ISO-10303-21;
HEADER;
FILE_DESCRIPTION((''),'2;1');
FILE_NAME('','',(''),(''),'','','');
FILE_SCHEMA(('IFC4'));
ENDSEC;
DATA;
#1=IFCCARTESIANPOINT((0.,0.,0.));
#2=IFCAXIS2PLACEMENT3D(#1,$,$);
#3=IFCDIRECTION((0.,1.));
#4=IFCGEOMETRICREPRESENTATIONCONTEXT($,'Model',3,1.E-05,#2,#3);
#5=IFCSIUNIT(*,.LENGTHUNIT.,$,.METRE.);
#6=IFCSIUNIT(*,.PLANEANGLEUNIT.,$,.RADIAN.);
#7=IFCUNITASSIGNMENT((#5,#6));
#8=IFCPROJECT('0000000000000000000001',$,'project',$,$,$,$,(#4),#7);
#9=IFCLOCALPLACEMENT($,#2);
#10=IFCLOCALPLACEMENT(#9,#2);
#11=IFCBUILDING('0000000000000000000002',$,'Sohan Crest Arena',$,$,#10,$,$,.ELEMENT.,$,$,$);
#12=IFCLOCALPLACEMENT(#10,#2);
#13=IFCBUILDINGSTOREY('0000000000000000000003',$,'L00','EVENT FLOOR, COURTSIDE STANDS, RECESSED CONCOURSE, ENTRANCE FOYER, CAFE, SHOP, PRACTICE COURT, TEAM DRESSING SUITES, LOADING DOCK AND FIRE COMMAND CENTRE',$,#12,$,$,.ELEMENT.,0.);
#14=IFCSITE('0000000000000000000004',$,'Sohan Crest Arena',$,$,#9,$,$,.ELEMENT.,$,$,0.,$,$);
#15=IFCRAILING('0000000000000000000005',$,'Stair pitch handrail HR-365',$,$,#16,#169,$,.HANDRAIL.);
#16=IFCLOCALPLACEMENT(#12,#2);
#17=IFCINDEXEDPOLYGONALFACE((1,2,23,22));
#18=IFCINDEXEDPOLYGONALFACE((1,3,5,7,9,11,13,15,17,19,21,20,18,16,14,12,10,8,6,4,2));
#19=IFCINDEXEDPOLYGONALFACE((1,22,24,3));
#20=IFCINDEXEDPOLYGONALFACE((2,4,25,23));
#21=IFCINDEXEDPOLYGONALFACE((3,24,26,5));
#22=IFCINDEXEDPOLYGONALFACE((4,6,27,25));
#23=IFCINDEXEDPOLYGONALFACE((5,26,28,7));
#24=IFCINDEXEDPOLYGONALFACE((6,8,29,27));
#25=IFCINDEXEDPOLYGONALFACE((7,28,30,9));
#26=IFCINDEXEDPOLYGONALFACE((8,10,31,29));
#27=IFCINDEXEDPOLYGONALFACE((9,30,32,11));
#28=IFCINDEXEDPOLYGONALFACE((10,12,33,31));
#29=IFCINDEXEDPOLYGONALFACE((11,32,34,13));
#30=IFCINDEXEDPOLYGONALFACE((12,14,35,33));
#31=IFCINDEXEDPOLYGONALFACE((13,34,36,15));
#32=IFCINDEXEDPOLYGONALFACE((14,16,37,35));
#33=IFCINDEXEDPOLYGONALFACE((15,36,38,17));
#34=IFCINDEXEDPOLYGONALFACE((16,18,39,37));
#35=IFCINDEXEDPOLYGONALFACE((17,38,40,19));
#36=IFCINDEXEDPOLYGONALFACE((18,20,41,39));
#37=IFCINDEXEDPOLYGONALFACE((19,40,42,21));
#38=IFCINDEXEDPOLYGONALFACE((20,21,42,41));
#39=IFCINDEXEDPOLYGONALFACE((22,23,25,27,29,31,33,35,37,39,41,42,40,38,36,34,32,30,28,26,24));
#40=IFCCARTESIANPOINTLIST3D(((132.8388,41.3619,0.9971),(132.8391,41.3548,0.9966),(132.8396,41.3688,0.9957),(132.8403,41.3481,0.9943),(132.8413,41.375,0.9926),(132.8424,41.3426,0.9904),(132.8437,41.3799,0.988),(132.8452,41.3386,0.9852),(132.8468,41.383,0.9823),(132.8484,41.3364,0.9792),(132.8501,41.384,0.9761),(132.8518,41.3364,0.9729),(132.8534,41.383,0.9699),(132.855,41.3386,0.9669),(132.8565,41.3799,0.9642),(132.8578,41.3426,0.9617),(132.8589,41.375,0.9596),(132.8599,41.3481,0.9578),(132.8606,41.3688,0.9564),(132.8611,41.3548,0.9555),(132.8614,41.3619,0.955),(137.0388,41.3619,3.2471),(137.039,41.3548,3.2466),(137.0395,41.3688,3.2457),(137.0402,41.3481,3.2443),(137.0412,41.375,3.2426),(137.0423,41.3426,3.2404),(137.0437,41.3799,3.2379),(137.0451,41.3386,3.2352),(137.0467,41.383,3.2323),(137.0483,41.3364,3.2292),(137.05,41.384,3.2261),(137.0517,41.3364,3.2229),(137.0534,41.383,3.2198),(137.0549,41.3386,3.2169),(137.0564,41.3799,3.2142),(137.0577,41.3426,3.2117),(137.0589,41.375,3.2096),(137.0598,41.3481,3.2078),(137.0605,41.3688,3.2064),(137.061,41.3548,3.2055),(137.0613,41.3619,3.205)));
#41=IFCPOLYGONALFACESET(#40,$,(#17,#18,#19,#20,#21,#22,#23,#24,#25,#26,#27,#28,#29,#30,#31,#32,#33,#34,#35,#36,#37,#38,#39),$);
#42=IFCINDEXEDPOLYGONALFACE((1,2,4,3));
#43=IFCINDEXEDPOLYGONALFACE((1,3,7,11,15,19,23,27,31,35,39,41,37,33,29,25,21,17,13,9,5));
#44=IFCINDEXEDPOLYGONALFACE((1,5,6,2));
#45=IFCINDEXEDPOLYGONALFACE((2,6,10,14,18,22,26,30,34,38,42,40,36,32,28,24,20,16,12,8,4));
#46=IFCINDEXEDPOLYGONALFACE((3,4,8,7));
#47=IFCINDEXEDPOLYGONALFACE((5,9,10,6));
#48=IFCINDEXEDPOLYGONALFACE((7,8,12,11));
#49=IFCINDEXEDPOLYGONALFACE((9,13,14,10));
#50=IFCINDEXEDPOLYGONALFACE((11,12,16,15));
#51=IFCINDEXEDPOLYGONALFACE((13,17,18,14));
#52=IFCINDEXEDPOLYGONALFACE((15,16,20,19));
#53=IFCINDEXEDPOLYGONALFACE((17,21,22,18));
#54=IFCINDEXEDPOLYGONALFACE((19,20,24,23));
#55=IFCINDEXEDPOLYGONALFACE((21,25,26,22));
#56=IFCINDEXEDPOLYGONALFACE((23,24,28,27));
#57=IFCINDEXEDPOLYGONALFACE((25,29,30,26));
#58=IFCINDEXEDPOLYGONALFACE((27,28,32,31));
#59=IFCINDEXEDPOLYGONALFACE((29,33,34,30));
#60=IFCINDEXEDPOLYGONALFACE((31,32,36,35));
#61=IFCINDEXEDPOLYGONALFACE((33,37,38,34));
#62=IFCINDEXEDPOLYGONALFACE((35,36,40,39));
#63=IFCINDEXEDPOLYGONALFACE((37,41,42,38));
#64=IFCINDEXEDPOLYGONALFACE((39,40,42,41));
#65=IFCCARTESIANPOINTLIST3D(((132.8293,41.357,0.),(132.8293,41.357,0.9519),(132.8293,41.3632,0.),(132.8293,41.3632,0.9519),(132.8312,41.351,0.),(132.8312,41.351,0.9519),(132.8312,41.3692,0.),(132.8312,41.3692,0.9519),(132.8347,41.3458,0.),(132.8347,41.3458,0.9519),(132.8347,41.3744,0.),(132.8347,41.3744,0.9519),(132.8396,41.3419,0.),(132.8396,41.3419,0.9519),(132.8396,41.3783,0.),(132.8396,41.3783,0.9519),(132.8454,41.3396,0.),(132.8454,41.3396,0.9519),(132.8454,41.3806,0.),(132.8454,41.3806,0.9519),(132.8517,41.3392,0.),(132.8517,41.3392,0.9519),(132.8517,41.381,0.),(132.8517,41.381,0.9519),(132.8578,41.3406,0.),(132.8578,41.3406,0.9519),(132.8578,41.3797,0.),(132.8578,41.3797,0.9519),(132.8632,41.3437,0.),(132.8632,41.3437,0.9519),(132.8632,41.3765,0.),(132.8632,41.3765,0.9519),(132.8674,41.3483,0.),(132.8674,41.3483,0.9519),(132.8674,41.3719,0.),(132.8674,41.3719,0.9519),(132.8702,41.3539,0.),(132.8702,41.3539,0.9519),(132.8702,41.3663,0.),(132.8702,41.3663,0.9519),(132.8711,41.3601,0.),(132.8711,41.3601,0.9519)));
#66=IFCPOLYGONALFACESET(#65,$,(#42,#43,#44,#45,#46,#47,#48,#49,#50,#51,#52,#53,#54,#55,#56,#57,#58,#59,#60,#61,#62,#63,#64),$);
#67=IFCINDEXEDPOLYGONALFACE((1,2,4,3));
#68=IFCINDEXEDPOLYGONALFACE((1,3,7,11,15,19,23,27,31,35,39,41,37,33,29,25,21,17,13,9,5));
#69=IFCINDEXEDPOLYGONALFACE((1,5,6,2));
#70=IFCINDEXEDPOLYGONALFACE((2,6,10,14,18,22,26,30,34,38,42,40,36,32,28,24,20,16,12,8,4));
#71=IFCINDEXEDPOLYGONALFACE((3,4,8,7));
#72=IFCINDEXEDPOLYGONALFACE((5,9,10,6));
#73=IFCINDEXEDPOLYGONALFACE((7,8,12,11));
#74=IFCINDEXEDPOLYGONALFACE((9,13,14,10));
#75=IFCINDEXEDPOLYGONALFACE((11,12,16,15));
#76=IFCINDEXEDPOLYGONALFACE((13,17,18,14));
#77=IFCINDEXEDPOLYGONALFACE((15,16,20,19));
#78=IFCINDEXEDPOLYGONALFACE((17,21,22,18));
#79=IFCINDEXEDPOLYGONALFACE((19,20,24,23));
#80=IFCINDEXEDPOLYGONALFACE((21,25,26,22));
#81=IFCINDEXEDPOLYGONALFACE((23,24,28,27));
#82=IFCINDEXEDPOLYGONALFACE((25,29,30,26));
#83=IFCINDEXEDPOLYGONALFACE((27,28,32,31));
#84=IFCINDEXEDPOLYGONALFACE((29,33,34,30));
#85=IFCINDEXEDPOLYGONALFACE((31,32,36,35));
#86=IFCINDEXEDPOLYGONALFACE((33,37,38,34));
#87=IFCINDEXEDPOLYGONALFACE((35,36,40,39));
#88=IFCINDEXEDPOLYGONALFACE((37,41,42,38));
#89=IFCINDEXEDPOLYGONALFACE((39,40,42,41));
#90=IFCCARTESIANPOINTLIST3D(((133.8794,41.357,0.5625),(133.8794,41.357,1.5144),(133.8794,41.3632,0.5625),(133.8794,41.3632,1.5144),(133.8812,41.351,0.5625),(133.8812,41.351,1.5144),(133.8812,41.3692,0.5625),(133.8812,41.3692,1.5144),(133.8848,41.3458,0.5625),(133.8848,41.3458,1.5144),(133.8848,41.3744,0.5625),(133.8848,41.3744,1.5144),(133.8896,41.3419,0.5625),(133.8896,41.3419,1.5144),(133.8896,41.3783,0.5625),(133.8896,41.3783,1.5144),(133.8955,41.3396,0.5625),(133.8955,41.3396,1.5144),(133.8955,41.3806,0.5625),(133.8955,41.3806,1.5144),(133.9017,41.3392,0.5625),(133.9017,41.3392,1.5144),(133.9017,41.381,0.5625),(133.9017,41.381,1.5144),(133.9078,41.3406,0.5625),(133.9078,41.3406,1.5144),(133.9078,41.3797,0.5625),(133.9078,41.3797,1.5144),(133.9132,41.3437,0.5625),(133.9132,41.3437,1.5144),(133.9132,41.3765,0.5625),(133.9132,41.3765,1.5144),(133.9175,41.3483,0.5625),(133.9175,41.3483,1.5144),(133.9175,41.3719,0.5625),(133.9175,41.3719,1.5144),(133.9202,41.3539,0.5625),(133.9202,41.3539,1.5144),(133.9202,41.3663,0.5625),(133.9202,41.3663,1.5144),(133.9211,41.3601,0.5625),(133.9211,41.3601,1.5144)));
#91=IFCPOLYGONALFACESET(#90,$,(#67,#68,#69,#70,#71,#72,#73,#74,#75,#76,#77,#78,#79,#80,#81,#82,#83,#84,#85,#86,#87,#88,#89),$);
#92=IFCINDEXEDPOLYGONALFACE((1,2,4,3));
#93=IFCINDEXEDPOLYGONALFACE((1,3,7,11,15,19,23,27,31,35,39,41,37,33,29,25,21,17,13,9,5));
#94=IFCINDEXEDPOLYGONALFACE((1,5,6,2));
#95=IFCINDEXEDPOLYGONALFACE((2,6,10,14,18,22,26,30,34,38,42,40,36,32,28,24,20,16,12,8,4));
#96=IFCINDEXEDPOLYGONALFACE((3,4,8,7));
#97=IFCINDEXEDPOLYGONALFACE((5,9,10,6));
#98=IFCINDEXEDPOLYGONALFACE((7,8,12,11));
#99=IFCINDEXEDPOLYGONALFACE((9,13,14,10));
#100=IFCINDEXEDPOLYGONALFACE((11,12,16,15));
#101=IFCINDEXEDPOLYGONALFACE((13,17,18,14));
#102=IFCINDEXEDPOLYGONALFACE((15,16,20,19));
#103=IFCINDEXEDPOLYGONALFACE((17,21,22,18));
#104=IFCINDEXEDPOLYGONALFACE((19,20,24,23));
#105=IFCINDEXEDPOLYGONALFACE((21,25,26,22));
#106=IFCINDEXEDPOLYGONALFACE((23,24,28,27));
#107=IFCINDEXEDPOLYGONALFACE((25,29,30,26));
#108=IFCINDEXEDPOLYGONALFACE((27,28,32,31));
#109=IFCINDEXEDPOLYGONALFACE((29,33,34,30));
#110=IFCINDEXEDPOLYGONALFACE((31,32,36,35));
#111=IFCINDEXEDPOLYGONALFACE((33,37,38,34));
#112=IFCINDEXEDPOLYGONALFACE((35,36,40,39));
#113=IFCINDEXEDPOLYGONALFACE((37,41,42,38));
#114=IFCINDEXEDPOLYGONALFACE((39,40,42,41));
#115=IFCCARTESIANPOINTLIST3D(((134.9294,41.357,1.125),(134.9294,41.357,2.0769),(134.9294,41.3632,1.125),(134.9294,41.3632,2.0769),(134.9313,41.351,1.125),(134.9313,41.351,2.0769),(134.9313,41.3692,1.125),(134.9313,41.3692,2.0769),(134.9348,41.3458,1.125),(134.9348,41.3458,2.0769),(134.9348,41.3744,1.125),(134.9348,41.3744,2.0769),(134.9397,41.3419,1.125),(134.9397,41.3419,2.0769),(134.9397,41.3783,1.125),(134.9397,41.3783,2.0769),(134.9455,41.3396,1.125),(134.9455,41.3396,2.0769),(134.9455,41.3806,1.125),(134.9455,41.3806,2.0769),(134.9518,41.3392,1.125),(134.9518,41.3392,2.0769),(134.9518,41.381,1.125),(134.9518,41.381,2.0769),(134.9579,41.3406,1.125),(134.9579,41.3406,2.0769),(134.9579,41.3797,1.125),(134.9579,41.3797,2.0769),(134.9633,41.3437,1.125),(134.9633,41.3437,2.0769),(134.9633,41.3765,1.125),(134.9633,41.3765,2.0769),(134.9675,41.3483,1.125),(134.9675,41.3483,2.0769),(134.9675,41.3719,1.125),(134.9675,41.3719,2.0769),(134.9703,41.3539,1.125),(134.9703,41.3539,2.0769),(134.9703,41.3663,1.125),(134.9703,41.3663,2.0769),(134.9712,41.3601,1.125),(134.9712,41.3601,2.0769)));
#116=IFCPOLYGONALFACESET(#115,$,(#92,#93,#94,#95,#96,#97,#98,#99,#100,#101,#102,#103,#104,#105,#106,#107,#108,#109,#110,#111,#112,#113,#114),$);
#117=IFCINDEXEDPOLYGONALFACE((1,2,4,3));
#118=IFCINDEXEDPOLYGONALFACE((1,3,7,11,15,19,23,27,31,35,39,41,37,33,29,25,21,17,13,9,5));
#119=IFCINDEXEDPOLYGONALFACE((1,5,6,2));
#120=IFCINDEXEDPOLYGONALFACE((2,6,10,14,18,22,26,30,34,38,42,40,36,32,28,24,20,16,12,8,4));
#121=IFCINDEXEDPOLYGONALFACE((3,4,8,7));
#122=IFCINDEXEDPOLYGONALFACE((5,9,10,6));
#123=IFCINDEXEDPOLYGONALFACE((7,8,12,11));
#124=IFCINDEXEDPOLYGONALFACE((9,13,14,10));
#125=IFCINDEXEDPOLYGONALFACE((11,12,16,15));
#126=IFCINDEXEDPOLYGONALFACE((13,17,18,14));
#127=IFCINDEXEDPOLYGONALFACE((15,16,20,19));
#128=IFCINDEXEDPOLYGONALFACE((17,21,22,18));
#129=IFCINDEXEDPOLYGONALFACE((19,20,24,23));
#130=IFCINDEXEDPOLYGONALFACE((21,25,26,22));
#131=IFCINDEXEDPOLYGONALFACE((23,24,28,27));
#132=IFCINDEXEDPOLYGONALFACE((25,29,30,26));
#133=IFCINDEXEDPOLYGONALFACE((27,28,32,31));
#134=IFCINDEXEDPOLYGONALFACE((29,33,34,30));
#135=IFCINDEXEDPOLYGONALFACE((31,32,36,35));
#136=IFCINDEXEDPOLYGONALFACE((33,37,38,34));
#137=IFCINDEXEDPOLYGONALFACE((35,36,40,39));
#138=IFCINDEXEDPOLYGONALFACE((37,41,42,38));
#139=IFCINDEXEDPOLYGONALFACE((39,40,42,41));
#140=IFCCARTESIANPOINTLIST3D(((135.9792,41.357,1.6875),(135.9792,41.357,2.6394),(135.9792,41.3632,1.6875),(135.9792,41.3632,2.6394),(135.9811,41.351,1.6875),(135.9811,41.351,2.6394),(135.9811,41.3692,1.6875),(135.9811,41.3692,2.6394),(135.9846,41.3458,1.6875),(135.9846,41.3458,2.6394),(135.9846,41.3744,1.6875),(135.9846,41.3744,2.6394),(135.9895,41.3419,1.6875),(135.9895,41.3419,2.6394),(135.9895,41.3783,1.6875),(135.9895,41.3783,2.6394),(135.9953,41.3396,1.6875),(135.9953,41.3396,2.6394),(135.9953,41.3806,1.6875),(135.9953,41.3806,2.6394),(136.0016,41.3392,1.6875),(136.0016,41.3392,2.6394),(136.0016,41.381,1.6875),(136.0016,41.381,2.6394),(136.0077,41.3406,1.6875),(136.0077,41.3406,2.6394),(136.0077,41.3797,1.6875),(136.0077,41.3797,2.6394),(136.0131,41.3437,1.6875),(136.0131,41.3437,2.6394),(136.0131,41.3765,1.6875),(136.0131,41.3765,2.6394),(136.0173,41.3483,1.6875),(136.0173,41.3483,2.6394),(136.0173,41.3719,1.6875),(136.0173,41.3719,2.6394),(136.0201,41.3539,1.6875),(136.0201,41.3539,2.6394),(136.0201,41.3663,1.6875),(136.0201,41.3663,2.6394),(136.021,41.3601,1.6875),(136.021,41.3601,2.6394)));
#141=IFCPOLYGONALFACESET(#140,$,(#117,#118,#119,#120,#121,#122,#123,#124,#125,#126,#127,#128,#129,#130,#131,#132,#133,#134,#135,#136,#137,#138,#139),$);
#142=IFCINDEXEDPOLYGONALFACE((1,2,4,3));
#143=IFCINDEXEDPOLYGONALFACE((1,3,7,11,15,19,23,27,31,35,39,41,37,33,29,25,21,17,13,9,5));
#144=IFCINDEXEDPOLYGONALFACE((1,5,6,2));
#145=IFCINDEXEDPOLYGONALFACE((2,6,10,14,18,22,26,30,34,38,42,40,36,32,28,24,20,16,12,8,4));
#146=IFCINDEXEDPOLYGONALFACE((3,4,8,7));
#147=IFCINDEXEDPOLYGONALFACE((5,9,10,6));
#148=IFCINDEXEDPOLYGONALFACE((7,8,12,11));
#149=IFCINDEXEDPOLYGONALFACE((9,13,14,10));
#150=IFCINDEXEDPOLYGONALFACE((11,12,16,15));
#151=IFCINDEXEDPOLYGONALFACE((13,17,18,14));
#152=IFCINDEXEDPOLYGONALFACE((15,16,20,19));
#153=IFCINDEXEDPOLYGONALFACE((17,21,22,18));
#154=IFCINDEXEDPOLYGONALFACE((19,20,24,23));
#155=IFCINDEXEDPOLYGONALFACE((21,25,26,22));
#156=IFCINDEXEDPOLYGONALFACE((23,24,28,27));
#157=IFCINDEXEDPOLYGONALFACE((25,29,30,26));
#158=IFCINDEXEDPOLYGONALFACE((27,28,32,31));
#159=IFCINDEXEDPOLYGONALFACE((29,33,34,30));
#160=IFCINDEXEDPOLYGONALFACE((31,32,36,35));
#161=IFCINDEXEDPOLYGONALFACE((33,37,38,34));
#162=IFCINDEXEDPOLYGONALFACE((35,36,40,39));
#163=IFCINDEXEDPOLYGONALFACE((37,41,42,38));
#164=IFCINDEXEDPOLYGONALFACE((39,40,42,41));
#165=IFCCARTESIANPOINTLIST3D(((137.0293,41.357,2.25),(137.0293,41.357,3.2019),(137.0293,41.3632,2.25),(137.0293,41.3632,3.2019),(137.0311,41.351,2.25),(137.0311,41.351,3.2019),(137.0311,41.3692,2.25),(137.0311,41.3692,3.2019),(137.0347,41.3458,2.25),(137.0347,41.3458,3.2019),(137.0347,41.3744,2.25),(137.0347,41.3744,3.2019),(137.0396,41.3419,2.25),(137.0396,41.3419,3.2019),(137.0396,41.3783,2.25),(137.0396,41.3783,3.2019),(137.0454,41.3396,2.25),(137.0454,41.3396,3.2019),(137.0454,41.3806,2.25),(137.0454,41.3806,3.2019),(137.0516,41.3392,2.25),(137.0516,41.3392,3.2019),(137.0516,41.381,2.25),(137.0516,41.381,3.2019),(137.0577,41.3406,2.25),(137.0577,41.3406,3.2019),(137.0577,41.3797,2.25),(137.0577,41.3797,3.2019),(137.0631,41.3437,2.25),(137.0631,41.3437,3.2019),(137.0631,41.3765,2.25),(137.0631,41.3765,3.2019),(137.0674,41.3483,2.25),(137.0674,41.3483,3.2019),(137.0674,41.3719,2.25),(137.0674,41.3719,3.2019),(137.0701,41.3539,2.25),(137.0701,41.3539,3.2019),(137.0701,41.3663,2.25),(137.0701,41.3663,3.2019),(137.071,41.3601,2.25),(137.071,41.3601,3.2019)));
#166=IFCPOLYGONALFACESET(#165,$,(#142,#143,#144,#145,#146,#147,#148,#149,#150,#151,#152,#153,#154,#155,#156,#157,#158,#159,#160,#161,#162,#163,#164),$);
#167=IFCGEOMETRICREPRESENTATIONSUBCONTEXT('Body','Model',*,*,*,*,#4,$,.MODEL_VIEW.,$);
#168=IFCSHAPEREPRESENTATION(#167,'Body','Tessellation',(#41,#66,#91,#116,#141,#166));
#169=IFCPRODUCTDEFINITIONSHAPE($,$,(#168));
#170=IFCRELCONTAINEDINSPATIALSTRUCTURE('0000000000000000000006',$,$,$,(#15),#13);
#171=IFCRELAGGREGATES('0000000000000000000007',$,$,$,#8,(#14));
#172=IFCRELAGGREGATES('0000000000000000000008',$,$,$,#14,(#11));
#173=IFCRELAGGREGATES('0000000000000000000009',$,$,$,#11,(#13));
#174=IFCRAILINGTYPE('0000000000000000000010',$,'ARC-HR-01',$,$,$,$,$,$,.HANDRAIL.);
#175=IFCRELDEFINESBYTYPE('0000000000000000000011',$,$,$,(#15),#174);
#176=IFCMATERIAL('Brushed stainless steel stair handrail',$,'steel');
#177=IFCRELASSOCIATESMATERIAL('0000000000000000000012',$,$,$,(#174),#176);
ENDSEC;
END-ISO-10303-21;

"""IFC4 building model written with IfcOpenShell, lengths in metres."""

from ifc_helpers import new_model, si_unit, direction, frame, origin, origin_2d, place, context, subcontext, project, spatial, circle, extrude, material, type_object, element, save


model = new_model("IFC4")

# Units and contexts
model_context = context("Model", 3, precision=1e-05, world=origin(), true_north=direction((0.0, 1.0)))
body_context = subcontext(model_context, "Body", "Model", "MODEL_VIEW")
ifc_project = project(units=[si_unit("LENGTHUNIT", "METRE"), si_unit("PLANEANGLEUNIT", "RADIAN")], contexts=[model_context])

# Site, building, storey
site_placement = place(None, origin())
site = spatial("IfcSite", under=ifc_project, at=site_placement, Name="Sohan Crest Arena", CompositionType="ELEMENT", RefElevation=0.0)
building_placement = place(site_placement, origin())
building = spatial("IfcBuilding", under=site, at=building_placement, Name="Sohan Crest Arena", CompositionType="ELEMENT")
storey_placement = place(building_placement, origin())
storey = spatial("IfcBuildingStorey", under=building, at=storey_placement, Name="L00", Description="EVENT FLOOR, COURTSIDE STANDS, RECESSED CONCOURSE, ENTRANCE FOYER, CAFE, SHOP, PRACTICE COURT, TEAM DRESSING SUITES, LOADING DOCK AND FIRE COMMAND CENTRE", CompositionType="ELEMENT", Elevation=0.0)

# Railing
ifc_material_1 = material(Name="Brushed stainless steel stair handrail", Category="steel")
railing_type_1 = type_object("IfcRailingType", Name="ARC-HR-01", PredefinedType="HANDRAIL", material=ifc_material_1)
for number, where, name in (
    (1, (132.8501, 41.3601, 0.0), "Stair pitch handrail HR-365"),
):
    element("IfcRailing", number, at=place(storey_placement, frame(where)), inside=storey, type_object=railing_type_1, Name=name, PredefinedType="HANDRAIL", context=body_context, shape_type="SweptSolid", body=[
        extrude(circle(Radius=0.0239, at=origin_2d()), frame((0.0, 0.0, 0.9761), z_axis=(0.881478, 0.0, 0.472226), x_axis=(0.0, 1.0, 0.0)), (0.0, 0.0, 1.0), 4.7646),
        extrude(circle(Radius=0.021, at=origin_2d()), origin(), (0.0, 0.0, 1.0), 0.9519),
        extrude(circle(Radius=0.021, at=origin_2d()), frame((1.05, 0.0, 0.5625)), (0.0, 0.0, 1.0), 0.9519),
        extrude(circle(Radius=0.021, at=origin_2d()), frame((2.1001, 0.0, 1.125)), (0.0, 0.0, 1.0), 0.9519),
        extrude(circle(Radius=0.021, at=origin_2d()), frame((3.1499, 0.0, 1.6875)), (0.0, 0.0, 1.0), 0.9519),
        extrude(circle(Radius=0.021, at=origin_2d()), frame((4.2, 0.0, 2.25)), (0.0, 0.0, 1.0), 0.9519),
    ])

save(model, "model.ifc")
